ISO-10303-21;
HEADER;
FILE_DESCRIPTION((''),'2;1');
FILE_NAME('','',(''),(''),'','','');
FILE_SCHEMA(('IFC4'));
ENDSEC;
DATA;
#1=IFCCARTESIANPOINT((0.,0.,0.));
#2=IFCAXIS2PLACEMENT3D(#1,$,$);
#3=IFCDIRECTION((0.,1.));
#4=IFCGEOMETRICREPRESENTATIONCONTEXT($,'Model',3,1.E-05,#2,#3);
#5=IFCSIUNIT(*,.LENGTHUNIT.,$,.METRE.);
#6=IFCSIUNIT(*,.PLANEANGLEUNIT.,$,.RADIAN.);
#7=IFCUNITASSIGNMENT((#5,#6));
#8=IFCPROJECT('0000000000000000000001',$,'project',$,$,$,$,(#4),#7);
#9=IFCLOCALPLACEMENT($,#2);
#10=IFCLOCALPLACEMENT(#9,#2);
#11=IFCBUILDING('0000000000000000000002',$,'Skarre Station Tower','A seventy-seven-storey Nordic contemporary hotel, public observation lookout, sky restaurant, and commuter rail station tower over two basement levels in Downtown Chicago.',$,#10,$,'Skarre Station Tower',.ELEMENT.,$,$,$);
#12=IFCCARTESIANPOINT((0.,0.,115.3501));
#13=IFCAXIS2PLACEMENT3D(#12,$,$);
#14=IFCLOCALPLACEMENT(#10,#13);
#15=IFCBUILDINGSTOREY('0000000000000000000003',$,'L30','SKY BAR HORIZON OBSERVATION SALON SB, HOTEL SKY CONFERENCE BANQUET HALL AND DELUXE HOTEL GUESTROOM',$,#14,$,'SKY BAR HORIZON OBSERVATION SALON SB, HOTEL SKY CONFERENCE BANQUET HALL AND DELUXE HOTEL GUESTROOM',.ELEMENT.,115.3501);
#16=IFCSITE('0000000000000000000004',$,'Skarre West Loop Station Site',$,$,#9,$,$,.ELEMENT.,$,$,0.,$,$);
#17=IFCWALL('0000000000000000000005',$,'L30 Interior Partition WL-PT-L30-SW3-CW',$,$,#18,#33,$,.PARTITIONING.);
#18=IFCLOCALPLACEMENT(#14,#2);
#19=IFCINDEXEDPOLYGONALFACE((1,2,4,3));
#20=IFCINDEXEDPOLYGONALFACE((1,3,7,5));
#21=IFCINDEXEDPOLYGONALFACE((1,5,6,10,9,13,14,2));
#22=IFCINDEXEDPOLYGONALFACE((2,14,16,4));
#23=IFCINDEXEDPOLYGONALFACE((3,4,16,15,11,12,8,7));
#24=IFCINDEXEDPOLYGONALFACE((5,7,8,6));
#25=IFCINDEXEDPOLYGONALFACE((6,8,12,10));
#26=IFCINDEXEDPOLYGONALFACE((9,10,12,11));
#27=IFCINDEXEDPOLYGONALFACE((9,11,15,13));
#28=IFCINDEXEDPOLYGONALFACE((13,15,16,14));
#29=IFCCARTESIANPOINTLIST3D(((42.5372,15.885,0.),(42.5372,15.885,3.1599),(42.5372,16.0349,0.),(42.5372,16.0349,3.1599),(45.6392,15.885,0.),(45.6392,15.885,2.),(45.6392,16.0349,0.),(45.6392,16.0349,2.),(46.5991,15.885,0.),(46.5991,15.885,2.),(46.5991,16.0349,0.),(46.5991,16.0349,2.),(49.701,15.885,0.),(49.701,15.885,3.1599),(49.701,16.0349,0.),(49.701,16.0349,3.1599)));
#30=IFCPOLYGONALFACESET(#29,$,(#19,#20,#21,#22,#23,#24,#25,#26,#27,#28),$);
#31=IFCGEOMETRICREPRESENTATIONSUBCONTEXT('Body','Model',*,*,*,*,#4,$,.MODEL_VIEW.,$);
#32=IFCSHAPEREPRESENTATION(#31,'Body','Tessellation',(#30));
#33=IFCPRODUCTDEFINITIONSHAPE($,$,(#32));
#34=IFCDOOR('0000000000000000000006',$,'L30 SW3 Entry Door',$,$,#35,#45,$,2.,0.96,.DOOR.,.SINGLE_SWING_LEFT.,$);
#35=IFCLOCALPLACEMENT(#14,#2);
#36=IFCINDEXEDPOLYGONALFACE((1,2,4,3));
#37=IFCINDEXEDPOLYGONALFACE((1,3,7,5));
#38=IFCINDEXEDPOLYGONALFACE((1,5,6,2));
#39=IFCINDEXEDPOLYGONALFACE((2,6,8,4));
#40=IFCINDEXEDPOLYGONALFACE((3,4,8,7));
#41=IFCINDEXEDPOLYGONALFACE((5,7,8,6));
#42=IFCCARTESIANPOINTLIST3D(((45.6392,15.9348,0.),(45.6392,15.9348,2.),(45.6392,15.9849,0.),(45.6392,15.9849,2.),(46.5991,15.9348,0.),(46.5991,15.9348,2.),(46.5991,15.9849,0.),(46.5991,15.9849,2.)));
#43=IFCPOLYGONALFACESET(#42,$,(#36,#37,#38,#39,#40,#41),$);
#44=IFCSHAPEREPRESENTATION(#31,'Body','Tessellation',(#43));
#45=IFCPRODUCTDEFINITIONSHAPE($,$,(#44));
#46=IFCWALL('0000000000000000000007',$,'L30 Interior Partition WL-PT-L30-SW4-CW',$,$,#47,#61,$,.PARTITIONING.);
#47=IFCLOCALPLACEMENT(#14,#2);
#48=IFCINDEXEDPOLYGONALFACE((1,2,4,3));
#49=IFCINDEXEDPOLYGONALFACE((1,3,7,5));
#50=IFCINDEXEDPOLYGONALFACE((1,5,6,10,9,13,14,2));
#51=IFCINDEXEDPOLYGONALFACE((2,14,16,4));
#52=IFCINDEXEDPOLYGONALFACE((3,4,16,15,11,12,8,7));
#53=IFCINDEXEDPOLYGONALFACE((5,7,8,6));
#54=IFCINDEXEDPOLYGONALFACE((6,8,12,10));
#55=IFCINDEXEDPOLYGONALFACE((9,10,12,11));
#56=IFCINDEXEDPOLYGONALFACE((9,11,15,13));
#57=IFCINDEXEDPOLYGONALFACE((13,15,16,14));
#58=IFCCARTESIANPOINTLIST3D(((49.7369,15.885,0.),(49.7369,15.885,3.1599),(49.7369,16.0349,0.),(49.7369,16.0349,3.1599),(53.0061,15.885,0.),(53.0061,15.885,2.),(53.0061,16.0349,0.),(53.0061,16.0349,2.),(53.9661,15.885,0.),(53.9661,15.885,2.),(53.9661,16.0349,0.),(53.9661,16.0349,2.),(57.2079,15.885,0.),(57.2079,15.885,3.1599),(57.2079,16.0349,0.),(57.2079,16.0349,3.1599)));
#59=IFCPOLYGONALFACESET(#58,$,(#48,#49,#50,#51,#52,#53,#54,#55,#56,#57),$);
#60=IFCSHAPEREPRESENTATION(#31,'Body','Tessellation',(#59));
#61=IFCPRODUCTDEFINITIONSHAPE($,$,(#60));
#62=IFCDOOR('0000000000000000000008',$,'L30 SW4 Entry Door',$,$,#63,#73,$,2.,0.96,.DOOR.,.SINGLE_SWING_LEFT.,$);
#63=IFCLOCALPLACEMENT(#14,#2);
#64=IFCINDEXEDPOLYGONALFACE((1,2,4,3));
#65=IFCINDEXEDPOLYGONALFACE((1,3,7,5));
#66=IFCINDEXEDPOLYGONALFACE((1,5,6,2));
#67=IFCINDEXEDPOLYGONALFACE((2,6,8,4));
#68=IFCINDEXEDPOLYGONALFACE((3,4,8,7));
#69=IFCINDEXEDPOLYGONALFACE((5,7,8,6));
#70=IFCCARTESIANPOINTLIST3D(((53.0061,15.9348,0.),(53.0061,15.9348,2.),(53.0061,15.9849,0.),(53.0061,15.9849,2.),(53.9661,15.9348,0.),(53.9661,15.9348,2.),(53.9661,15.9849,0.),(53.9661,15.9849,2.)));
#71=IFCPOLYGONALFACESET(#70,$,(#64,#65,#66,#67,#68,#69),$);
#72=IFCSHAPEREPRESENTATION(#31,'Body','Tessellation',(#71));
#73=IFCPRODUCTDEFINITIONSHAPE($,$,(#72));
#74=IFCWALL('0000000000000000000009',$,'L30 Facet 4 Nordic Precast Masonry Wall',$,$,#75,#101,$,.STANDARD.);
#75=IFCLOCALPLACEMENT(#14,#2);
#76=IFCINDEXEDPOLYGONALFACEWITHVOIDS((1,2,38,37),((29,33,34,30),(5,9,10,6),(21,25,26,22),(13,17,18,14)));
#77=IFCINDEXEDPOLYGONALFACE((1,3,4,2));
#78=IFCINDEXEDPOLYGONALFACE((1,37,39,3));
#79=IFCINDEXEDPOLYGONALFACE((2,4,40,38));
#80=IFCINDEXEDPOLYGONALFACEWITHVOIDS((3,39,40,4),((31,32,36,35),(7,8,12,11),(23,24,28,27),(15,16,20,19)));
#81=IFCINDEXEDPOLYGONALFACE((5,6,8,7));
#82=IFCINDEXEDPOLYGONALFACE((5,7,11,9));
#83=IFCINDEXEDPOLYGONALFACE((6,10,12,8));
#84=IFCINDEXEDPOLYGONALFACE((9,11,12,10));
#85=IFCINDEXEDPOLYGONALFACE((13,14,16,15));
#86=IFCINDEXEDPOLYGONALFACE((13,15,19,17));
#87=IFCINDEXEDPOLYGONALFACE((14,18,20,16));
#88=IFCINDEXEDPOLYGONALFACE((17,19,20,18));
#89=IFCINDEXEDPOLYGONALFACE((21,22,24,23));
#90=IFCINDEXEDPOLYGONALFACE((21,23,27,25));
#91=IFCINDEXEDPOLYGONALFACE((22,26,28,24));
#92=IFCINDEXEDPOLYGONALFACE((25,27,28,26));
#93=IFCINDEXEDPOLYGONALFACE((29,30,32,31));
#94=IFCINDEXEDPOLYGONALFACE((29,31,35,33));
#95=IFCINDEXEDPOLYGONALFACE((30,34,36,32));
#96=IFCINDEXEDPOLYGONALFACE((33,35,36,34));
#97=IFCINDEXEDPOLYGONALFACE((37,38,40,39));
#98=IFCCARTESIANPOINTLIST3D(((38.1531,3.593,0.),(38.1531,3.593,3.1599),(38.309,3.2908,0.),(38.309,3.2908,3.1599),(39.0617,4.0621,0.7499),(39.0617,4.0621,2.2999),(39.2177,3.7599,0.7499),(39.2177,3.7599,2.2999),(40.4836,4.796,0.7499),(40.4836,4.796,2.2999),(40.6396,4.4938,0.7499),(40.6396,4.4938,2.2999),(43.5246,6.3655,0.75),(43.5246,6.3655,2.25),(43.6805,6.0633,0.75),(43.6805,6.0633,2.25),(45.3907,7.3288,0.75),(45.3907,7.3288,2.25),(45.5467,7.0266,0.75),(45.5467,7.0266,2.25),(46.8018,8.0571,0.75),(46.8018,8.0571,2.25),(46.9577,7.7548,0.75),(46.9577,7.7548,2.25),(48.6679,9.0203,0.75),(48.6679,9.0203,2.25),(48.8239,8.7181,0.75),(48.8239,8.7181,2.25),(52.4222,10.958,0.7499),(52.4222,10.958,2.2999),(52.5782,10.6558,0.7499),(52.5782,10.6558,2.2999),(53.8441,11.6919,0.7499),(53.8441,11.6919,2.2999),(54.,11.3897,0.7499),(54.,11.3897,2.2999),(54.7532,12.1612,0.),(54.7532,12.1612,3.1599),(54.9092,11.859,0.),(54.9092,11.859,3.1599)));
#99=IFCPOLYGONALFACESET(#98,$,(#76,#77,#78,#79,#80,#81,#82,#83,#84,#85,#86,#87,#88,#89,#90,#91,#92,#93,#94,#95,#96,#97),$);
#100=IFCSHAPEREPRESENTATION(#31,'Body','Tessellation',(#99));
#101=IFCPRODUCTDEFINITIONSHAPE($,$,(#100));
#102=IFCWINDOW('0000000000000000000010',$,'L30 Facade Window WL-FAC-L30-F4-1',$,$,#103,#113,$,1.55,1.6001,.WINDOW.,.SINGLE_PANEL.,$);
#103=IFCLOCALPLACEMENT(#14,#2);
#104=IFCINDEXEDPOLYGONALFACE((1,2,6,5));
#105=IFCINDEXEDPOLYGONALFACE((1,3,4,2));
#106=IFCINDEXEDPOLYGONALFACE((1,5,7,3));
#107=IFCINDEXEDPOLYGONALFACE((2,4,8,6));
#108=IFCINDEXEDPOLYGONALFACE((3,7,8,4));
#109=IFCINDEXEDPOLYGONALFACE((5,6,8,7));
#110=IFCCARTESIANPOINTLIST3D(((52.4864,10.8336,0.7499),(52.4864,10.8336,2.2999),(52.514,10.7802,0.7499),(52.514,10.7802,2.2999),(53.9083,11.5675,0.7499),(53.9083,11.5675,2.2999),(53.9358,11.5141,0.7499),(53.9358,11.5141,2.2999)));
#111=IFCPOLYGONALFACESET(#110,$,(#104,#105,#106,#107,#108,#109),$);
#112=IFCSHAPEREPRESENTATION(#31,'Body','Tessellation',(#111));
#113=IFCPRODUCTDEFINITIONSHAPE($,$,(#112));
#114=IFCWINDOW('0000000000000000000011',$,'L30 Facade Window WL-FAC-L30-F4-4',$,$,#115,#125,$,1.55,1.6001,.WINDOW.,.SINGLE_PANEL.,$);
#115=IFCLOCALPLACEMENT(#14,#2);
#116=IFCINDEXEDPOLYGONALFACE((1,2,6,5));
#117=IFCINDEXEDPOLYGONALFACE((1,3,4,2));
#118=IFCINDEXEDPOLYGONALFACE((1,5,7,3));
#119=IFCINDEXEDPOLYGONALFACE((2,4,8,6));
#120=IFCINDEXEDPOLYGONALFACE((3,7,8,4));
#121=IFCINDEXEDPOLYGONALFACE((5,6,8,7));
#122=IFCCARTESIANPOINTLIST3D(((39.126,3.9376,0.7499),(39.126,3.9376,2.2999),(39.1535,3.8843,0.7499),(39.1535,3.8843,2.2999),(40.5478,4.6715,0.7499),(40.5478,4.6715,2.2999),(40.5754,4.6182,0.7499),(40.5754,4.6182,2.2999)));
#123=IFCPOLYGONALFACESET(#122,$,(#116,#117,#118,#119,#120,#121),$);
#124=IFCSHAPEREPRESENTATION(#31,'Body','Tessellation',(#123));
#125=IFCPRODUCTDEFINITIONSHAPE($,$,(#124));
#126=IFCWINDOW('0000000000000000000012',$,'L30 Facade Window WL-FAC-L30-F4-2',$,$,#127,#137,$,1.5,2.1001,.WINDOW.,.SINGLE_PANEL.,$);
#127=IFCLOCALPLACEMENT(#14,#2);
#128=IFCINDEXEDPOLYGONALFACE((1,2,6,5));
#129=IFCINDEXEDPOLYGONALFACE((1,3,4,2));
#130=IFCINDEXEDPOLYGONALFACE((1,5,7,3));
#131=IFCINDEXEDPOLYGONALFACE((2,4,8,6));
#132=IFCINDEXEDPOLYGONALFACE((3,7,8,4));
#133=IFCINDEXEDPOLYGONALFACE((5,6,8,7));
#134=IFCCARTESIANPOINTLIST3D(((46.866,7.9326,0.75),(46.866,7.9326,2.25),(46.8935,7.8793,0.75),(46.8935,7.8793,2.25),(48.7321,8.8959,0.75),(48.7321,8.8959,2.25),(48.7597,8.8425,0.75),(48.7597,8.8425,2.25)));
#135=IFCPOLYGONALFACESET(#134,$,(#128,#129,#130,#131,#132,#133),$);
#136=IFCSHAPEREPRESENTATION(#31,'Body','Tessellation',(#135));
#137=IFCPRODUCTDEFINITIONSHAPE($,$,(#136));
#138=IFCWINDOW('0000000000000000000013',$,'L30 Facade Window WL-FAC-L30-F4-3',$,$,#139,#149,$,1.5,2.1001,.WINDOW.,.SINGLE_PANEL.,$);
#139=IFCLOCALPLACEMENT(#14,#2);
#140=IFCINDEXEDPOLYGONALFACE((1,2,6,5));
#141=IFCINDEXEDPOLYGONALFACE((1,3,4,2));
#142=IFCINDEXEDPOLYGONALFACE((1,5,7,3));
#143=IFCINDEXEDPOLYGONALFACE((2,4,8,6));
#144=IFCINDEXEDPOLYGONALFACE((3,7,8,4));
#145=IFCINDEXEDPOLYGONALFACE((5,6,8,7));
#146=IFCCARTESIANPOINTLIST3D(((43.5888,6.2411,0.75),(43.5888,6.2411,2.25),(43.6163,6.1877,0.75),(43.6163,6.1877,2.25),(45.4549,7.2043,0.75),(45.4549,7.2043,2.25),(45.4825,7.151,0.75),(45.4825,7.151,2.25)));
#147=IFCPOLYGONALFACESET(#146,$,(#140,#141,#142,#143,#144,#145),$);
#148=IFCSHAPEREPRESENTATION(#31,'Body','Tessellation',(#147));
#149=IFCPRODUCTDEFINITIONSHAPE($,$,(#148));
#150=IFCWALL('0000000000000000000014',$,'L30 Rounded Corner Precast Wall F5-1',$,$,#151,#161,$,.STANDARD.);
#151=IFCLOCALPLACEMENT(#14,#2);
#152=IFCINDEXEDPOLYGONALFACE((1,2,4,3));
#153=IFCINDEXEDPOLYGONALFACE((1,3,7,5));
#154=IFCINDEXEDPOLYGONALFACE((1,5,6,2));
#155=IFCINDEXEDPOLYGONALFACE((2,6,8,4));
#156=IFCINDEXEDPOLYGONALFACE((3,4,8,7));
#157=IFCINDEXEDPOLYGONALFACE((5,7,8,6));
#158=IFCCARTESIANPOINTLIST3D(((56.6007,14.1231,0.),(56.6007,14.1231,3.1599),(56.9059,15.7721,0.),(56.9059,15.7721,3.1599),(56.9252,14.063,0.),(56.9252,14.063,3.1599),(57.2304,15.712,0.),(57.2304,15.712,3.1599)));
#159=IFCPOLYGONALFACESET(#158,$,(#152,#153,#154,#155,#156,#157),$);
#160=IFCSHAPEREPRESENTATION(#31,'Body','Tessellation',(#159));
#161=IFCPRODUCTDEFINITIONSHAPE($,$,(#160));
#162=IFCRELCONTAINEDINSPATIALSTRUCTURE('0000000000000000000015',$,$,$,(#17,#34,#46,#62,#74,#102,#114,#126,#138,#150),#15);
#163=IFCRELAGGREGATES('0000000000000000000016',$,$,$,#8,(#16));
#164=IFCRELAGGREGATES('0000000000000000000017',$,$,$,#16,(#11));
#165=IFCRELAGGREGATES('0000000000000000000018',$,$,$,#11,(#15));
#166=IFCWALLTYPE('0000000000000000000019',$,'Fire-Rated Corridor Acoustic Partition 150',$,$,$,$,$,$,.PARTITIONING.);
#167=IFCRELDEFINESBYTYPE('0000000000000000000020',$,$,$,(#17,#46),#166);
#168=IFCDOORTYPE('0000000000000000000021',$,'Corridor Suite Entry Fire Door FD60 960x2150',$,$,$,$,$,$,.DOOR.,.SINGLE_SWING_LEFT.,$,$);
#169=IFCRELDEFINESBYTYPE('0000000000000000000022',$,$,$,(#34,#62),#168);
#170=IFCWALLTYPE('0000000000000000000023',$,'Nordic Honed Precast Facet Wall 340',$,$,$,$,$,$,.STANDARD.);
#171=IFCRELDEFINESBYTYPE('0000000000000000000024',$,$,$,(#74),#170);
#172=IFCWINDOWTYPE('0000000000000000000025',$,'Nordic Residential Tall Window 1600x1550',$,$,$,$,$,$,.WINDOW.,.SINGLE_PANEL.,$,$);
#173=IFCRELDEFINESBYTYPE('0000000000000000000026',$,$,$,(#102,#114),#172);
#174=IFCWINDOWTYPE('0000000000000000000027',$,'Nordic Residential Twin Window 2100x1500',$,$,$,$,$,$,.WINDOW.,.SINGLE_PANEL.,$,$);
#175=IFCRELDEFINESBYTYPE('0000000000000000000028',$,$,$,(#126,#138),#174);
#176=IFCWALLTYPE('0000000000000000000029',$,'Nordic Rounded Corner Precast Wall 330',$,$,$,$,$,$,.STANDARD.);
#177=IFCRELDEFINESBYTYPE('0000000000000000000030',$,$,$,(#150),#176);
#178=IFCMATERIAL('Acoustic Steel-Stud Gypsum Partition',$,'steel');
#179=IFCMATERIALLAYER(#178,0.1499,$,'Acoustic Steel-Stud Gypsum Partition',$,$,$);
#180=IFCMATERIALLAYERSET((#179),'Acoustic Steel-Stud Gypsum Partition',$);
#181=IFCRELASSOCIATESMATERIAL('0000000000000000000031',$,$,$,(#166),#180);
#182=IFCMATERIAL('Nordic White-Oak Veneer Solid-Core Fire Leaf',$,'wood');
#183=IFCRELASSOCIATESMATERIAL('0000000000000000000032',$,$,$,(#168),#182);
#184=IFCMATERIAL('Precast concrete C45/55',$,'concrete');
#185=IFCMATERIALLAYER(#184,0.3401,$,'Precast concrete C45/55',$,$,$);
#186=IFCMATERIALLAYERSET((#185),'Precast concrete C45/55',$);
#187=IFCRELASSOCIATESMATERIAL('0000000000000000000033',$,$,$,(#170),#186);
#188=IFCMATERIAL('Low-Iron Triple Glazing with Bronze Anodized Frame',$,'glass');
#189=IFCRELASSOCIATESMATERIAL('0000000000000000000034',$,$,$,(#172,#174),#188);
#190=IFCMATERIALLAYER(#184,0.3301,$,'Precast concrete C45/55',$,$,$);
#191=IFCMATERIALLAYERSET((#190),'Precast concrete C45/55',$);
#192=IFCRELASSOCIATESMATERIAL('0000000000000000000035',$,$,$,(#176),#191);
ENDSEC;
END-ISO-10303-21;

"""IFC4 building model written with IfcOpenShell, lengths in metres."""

from ifc_helpers import new_model, si_unit, direction, frame, frame_2d, origin, place, context, subcontext, project, spatial, rectangle, extrude, material, layer, layer_set, type_object, element, fill, save


model = new_model("IFC4")

# Units and contexts
model_context = context("Model", 3, precision=1e-05, world=origin(), true_north=direction((0.0, 1.0)))
body_context = subcontext(model_context, "Body", "Model", "MODEL_VIEW")
ifc_project = project(units=[si_unit("LENGTHUNIT", "METRE"), si_unit("PLANEANGLEUNIT", "RADIAN")], contexts=[model_context])

# Site, building, storey
site_placement = place(None, origin())
site = spatial("IfcSite", under=ifc_project, at=site_placement, Name="Skarre West Loop Station Site", CompositionType="ELEMENT", RefElevation=0.0)
building_placement = place(site_placement, origin())
building = spatial("IfcBuilding", under=site, at=building_placement, Name="Skarre Station Tower", Description="A seventy-seven-storey Nordic contemporary hotel, public observation lookout, sky restaurant, and commuter rail station tower over two basement levels in Downtown Chicago.", LongName="Skarre Station Tower", CompositionType="ELEMENT")
storey_placement = place(building_placement, frame((0.0, 0.0, 115.3501)))
storey = spatial("IfcBuildingStorey", under=building, at=storey_placement, Name="L30", Description="SKY BAR HORIZON OBSERVATION SALON SB, HOTEL SKY CONFERENCE BANQUET HALL AND DELUXE HOTEL GUESTROOM", LongName="SKY BAR HORIZON OBSERVATION SALON SB, HOTEL SKY CONFERENCE BANQUET HALL AND DELUXE HOTEL GUESTROOM", CompositionType="ELEMENT", Elevation=115.3501)

# Walls, openings, doors
ifc_material_1 = material(Name="Acoustic Steel-Stud Gypsum Partition", Category="steel")
ifc_layer_1 = layer(ifc_material_1, 0.1499, Name="Acoustic Steel-Stud Gypsum Partition")
ifc_layer_set_1 = layer_set([ifc_layer_1], Name="Acoustic Steel-Stud Gypsum Partition")
wall_type_1 = type_object("IfcWallType", Name="Fire-Rated Corridor Acoustic Partition 150", PredefinedType="PARTITIONING", material=ifc_layer_set_1)
ifc_material_2 = material(Name="Nordic White-Oak Veneer Solid-Core Fire Leaf", Category="wood")
door_type = type_object("IfcDoorType", Name="Corridor Suite Entry Fire Door FD60 960x2150", OperationType="SINGLE_SWING_LEFT", PredefinedType="DOOR", material=ifc_material_2)
wall_1_placement = place(storey_placement, frame((42.5371, 15.96, 0.0), z_axis=(0.0, 0.0, 1.0), x_axis=(1.0, 0.0, 0.0)))
wall_1 = element("IfcWall", 1, at=wall_1_placement, inside=storey, type_object=wall_type_1, Name="L30 Interior Partition WL-PT-L30-SW3-CW", PredefinedType="PARTITIONING", context=body_context, shape_type="SweptSolid", body=[
    extrude(rectangle(XDim=7.1638, YDim=0.1499, at=frame_2d((3.582, 0.0))), origin(), (0.0, 0.0, 1.0), 3.1599),
])
opening_1_placement = place(wall_1_placement, frame((3.1021, 0.0, 0.0)))
opening_1 = element("IfcOpeningElement", 2, at=opening_1_placement, cuts=wall_1, PredefinedType="OPENING", context=body_context, shape_type="SweptSolid", body=[
    extrude(rectangle(XDim=0.96, YDim=2.0, at=frame_2d((0.48, 1.0))), frame((0.0, 0.085, 0.0), z_axis=(0.0, -1.0, 0.0), x_axis=(1.0, 0.0, 0.0)), (0.0, 0.0, 1.0), 0.1699),
])
door_1_placement = place(opening_1_placement, origin())
door_1 = element("IfcDoor", 3, at=door_1_placement, inside=storey, type_object=door_type, Name="L30 SW3 Entry Door", OperationType="SINGLE_SWING_LEFT", OverallHeight=2.0, OverallWidth=0.96, PredefinedType="DOOR", context=body_context, shape_type="SweptSolid", body=[
    extrude(rectangle(XDim=0.96, YDim=2.0, at=frame_2d((0.48, 1.0))), frame((0.0, 0.0249, 0.0), z_axis=(0.0, -1.0, 0.0), x_axis=(1.0, 0.0, 0.0)), (0.0, 0.0, 1.0), 0.05),
])
fill(opening_1, door_1)
wall_2_placement = place(storey_placement, frame((49.7371, 15.96, 0.0), z_axis=(0.0, 0.0, 1.0), x_axis=(1.0, 0.0, 0.0)))
wall_2 = element("IfcWall", 4, at=wall_2_placement, inside=storey, type_object=wall_type_1, Name="L30 Interior Partition WL-PT-L30-SW4-CW", PredefinedType="PARTITIONING", context=body_context, shape_type="SweptSolid", body=[
    extrude(rectangle(XDim=7.4709, YDim=0.1499, at=frame_2d((3.7354, 0.0))), origin(), (0.0, 0.0, 1.0), 3.1599),
])
opening_2_placement = place(wall_2_placement, frame((3.269, 0.0, 0.0)))
opening_2 = element("IfcOpeningElement", 5, at=opening_2_placement, cuts=wall_2, PredefinedType="OPENING", context=body_context, shape_type="SweptSolid", body=[
    extrude(rectangle(XDim=0.96, YDim=2.0, at=frame_2d((0.48, 1.0))), frame((0.0, 0.085, 0.0), z_axis=(0.0, -1.0, 0.0), x_axis=(1.0, 0.0, 0.0)), (0.0, 0.0, 1.0), 0.1699),
])
door_2_placement = place(opening_2_placement, origin())
door_2 = element("IfcDoor", 6, at=door_2_placement, inside=storey, type_object=door_type, Name="L30 SW4 Entry Door", OperationType="SINGLE_SWING_LEFT", OverallHeight=2.0, OverallWidth=0.96, PredefinedType="DOOR", context=body_context, shape_type="SweptSolid", body=[
    extrude(rectangle(XDim=0.96, YDim=2.0, at=frame_2d((0.48, 1.0))), frame((0.0, 0.0249, 0.0), z_axis=(0.0, -1.0, 0.0), x_axis=(1.0, 0.0, 0.0)), (0.0, 0.0, 1.0), 0.05),
])
fill(opening_2, door_2)

# Wall, openings, windows
ifc_material_3 = material(Name="Precast concrete C45/55", Category="concrete")
ifc_layer_2 = layer(ifc_material_3, 0.3401, Name="Precast concrete C45/55")
ifc_layer_set_2 = layer_set([ifc_layer_2], Name="Precast concrete C45/55")
wall_type_2 = type_object("IfcWallType", Name="Nordic Honed Precast Facet Wall 340", PredefinedType="STANDARD", material=ifc_layer_set_2)
wall_3_placement = place(storey_placement, frame((54.8311, 12.01, 0.0), z_axis=(0.0, 0.0, 1.0), x_axis=(-0.888614, -0.458657, 0.0)))
wall_3 = element("IfcWall", 7, at=wall_3_placement, inside=storey, type_object=wall_type_2, Name="L30 Facet 4 Nordic Precast Masonry Wall", PredefinedType="STANDARD", context=body_context, shape_type="SweptSolid", body=[
    extrude(rectangle(XDim=18.6809, YDim=0.3401, at=frame_2d((9.3403, 0.0))), origin(), (0.0, 0.0, 1.0), 3.1599),
])
opening_3_placement = place(wall_3_placement, frame((1.0229, 0.0, 0.75)))
opening_3 = element("IfcOpeningElement", 8, at=opening_3_placement, cuts=wall_3, PredefinedType="OPENING", context=body_context, shape_type="SweptSolid", body=[
    extrude(rectangle(XDim=1.6001, YDim=1.55, at=frame_2d((0.8, 0.7749))), frame((0.0, 0.1799, 0.0), z_axis=(0.0, -1.0, 0.0), x_axis=(1.0, 0.0, 0.0)), (0.0, 0.0, 1.0), 0.3601),
])
opening_4_placement = place(wall_3_placement, frame((6.8479, 0.0, 0.75)))
opening_4 = element("IfcOpeningElement", 9, at=opening_4_placement, cuts=wall_3, PredefinedType="OPENING", context=body_context, shape_type="SweptSolid", body=[
    extrude(rectangle(XDim=2.1001, YDim=1.5, at=frame_2d((1.05, 0.75))), frame((0.0, 0.1799, 0.0), z_axis=(0.0, -1.0, 0.0), x_axis=(1.0, 0.0, 0.0)), (0.0, 0.0, 1.0), 0.3601),
])
opening_5_placement = place(wall_3_placement, frame((10.5359, 0.0, 0.75)))
opening_5 = element("IfcOpeningElement", 10, at=opening_5_placement, cuts=wall_3, PredefinedType="OPENING", context=body_context, shape_type="SweptSolid", body=[
    extrude(rectangle(XDim=2.1001, YDim=1.5, at=frame_2d((1.05, 0.75))), frame((0.0, 0.1799, 0.0), z_axis=(0.0, -1.0, 0.0), x_axis=(1.0, 0.0, 0.0)), (0.0, 0.0, 1.0), 0.3601),
])
opening_6_placement = place(wall_3_placement, frame((16.0581, 0.0, 0.75)))
opening_6 = element("IfcOpeningElement", 11, at=opening_6_placement, cuts=wall_3, PredefinedType="OPENING", context=body_context, shape_type="SweptSolid", body=[
    extrude(rectangle(XDim=1.6001, YDim=1.55, at=frame_2d((0.8, 0.7749))), frame((0.0, 0.1799, 0.0), z_axis=(0.0, -1.0, 0.0), x_axis=(1.0, 0.0, 0.0)), (0.0, 0.0, 1.0), 0.3601),
])
ifc_material_4 = material(Name="Low-Iron Triple Glazing with Bronze Anodized Frame", Category="glass")
window_type_1 = type_object("IfcWindowType", Name="Nordic Residential Tall Window 1600x1550", PartitioningType="SINGLE_PANEL", PredefinedType="WINDOW", material=ifc_material_4)
window_1_placement = place(opening_3_placement, origin())
window_1 = element("IfcWindow", 12, at=window_1_placement, inside=storey, type_object=window_type_1, Name="L30 Facade Window WL-FAC-L30-F4-1", OverallHeight=1.55, OverallWidth=1.6001, PartitioningType="SINGLE_PANEL", PredefinedType="WINDOW", context=body_context, shape_type="SweptSolid", body=[
    extrude(rectangle(XDim=1.6001, YDim=1.55, at=frame_2d((0.8, 0.7749))), frame((0.0, 0.03, 0.0), z_axis=(0.0, -1.0, 0.0), x_axis=(1.0, 0.0, 0.0)), (0.0, 0.0, 1.0), 0.0601),
])
fill(opening_3, window_1)
window_2_placement = place(opening_6_placement, origin())
window_2 = element("IfcWindow", 13, at=window_2_placement, inside=storey, type_object=window_type_1, Name="L30 Facade Window WL-FAC-L30-F4-4", OverallHeight=1.55, OverallWidth=1.6001, PartitioningType="SINGLE_PANEL", PredefinedType="WINDOW", context=body_context, shape_type="SweptSolid", body=[
    extrude(rectangle(XDim=1.6001, YDim=1.55, at=frame_2d((0.8, 0.7749))), frame((0.0, 0.03, 0.0), z_axis=(0.0, -1.0, 0.0), x_axis=(1.0, 0.0, 0.0)), (0.0, 0.0, 1.0), 0.0601),
])
fill(opening_6, window_2)
window_type_2 = type_object("IfcWindowType", Name="Nordic Residential Twin Window 2100x1500", PartitioningType="SINGLE_PANEL", PredefinedType="WINDOW", material=ifc_material_4)
window_3_placement = place(opening_4_placement, origin())
window_3 = element("IfcWindow", 14, at=window_3_placement, inside=storey, type_object=window_type_2, Name="L30 Facade Window WL-FAC-L30-F4-2", OverallHeight=1.5, OverallWidth=2.1001, PartitioningType="SINGLE_PANEL", PredefinedType="WINDOW", context=body_context, shape_type="SweptSolid", body=[
    extrude(rectangle(XDim=2.1001, YDim=1.5, at=frame_2d((1.05, 0.75))), frame((0.0, 0.03, 0.0), z_axis=(0.0, -1.0, 0.0), x_axis=(1.0, 0.0, 0.0)), (0.0, 0.0, 1.0), 0.0601),
])
fill(opening_4, window_3)
window_4_placement = place(opening_5_placement, origin())
window_4 = element("IfcWindow", 15, at=window_4_placement, inside=storey, type_object=window_type_2, Name="L30 Facade Window WL-FAC-L30-F4-3", OverallHeight=1.5, OverallWidth=2.1001, PartitioningType="SINGLE_PANEL", PredefinedType="WINDOW", context=body_context, shape_type="SweptSolid", body=[
    extrude(rectangle(XDim=2.1001, YDim=1.5, at=frame_2d((1.05, 0.75))), frame((0.0, 0.03, 0.0), z_axis=(0.0, -1.0, 0.0), x_axis=(1.0, 0.0, 0.0)), (0.0, 0.0, 1.0), 0.0601),
])
fill(opening_5, window_4)

# Wall
ifc_layer_3 = layer(ifc_material_3, 0.3301, Name="Precast concrete C45/55")
ifc_layer_set_3 = layer_set([ifc_layer_3], Name="Precast concrete C45/55")
wall_type_3 = type_object("IfcWallType", Name="Nordic Rounded Corner Precast Wall 330", PredefinedType="STANDARD", material=ifc_layer_set_3)
wall_4_placement = place(storey_placement, frame((57.0681, 15.7419, 0.0), z_axis=(0.0, 0.0, 1.0), x_axis=(-0.181985, -0.983301, 0.0)))
element("IfcWall", 16, at=wall_4_placement, inside=storey, type_object=wall_type_3, Name="L30 Rounded Corner Precast Wall F5-1", PredefinedType="STANDARD", context=body_context, shape_type="SweptSolid", body=[
    extrude(rectangle(XDim=1.677, YDim=0.3301, at=frame_2d((0.8384, 0.0))), origin(), (0.0, 0.0, 1.0), 3.1599),
])

save(model, "model.ifc")
